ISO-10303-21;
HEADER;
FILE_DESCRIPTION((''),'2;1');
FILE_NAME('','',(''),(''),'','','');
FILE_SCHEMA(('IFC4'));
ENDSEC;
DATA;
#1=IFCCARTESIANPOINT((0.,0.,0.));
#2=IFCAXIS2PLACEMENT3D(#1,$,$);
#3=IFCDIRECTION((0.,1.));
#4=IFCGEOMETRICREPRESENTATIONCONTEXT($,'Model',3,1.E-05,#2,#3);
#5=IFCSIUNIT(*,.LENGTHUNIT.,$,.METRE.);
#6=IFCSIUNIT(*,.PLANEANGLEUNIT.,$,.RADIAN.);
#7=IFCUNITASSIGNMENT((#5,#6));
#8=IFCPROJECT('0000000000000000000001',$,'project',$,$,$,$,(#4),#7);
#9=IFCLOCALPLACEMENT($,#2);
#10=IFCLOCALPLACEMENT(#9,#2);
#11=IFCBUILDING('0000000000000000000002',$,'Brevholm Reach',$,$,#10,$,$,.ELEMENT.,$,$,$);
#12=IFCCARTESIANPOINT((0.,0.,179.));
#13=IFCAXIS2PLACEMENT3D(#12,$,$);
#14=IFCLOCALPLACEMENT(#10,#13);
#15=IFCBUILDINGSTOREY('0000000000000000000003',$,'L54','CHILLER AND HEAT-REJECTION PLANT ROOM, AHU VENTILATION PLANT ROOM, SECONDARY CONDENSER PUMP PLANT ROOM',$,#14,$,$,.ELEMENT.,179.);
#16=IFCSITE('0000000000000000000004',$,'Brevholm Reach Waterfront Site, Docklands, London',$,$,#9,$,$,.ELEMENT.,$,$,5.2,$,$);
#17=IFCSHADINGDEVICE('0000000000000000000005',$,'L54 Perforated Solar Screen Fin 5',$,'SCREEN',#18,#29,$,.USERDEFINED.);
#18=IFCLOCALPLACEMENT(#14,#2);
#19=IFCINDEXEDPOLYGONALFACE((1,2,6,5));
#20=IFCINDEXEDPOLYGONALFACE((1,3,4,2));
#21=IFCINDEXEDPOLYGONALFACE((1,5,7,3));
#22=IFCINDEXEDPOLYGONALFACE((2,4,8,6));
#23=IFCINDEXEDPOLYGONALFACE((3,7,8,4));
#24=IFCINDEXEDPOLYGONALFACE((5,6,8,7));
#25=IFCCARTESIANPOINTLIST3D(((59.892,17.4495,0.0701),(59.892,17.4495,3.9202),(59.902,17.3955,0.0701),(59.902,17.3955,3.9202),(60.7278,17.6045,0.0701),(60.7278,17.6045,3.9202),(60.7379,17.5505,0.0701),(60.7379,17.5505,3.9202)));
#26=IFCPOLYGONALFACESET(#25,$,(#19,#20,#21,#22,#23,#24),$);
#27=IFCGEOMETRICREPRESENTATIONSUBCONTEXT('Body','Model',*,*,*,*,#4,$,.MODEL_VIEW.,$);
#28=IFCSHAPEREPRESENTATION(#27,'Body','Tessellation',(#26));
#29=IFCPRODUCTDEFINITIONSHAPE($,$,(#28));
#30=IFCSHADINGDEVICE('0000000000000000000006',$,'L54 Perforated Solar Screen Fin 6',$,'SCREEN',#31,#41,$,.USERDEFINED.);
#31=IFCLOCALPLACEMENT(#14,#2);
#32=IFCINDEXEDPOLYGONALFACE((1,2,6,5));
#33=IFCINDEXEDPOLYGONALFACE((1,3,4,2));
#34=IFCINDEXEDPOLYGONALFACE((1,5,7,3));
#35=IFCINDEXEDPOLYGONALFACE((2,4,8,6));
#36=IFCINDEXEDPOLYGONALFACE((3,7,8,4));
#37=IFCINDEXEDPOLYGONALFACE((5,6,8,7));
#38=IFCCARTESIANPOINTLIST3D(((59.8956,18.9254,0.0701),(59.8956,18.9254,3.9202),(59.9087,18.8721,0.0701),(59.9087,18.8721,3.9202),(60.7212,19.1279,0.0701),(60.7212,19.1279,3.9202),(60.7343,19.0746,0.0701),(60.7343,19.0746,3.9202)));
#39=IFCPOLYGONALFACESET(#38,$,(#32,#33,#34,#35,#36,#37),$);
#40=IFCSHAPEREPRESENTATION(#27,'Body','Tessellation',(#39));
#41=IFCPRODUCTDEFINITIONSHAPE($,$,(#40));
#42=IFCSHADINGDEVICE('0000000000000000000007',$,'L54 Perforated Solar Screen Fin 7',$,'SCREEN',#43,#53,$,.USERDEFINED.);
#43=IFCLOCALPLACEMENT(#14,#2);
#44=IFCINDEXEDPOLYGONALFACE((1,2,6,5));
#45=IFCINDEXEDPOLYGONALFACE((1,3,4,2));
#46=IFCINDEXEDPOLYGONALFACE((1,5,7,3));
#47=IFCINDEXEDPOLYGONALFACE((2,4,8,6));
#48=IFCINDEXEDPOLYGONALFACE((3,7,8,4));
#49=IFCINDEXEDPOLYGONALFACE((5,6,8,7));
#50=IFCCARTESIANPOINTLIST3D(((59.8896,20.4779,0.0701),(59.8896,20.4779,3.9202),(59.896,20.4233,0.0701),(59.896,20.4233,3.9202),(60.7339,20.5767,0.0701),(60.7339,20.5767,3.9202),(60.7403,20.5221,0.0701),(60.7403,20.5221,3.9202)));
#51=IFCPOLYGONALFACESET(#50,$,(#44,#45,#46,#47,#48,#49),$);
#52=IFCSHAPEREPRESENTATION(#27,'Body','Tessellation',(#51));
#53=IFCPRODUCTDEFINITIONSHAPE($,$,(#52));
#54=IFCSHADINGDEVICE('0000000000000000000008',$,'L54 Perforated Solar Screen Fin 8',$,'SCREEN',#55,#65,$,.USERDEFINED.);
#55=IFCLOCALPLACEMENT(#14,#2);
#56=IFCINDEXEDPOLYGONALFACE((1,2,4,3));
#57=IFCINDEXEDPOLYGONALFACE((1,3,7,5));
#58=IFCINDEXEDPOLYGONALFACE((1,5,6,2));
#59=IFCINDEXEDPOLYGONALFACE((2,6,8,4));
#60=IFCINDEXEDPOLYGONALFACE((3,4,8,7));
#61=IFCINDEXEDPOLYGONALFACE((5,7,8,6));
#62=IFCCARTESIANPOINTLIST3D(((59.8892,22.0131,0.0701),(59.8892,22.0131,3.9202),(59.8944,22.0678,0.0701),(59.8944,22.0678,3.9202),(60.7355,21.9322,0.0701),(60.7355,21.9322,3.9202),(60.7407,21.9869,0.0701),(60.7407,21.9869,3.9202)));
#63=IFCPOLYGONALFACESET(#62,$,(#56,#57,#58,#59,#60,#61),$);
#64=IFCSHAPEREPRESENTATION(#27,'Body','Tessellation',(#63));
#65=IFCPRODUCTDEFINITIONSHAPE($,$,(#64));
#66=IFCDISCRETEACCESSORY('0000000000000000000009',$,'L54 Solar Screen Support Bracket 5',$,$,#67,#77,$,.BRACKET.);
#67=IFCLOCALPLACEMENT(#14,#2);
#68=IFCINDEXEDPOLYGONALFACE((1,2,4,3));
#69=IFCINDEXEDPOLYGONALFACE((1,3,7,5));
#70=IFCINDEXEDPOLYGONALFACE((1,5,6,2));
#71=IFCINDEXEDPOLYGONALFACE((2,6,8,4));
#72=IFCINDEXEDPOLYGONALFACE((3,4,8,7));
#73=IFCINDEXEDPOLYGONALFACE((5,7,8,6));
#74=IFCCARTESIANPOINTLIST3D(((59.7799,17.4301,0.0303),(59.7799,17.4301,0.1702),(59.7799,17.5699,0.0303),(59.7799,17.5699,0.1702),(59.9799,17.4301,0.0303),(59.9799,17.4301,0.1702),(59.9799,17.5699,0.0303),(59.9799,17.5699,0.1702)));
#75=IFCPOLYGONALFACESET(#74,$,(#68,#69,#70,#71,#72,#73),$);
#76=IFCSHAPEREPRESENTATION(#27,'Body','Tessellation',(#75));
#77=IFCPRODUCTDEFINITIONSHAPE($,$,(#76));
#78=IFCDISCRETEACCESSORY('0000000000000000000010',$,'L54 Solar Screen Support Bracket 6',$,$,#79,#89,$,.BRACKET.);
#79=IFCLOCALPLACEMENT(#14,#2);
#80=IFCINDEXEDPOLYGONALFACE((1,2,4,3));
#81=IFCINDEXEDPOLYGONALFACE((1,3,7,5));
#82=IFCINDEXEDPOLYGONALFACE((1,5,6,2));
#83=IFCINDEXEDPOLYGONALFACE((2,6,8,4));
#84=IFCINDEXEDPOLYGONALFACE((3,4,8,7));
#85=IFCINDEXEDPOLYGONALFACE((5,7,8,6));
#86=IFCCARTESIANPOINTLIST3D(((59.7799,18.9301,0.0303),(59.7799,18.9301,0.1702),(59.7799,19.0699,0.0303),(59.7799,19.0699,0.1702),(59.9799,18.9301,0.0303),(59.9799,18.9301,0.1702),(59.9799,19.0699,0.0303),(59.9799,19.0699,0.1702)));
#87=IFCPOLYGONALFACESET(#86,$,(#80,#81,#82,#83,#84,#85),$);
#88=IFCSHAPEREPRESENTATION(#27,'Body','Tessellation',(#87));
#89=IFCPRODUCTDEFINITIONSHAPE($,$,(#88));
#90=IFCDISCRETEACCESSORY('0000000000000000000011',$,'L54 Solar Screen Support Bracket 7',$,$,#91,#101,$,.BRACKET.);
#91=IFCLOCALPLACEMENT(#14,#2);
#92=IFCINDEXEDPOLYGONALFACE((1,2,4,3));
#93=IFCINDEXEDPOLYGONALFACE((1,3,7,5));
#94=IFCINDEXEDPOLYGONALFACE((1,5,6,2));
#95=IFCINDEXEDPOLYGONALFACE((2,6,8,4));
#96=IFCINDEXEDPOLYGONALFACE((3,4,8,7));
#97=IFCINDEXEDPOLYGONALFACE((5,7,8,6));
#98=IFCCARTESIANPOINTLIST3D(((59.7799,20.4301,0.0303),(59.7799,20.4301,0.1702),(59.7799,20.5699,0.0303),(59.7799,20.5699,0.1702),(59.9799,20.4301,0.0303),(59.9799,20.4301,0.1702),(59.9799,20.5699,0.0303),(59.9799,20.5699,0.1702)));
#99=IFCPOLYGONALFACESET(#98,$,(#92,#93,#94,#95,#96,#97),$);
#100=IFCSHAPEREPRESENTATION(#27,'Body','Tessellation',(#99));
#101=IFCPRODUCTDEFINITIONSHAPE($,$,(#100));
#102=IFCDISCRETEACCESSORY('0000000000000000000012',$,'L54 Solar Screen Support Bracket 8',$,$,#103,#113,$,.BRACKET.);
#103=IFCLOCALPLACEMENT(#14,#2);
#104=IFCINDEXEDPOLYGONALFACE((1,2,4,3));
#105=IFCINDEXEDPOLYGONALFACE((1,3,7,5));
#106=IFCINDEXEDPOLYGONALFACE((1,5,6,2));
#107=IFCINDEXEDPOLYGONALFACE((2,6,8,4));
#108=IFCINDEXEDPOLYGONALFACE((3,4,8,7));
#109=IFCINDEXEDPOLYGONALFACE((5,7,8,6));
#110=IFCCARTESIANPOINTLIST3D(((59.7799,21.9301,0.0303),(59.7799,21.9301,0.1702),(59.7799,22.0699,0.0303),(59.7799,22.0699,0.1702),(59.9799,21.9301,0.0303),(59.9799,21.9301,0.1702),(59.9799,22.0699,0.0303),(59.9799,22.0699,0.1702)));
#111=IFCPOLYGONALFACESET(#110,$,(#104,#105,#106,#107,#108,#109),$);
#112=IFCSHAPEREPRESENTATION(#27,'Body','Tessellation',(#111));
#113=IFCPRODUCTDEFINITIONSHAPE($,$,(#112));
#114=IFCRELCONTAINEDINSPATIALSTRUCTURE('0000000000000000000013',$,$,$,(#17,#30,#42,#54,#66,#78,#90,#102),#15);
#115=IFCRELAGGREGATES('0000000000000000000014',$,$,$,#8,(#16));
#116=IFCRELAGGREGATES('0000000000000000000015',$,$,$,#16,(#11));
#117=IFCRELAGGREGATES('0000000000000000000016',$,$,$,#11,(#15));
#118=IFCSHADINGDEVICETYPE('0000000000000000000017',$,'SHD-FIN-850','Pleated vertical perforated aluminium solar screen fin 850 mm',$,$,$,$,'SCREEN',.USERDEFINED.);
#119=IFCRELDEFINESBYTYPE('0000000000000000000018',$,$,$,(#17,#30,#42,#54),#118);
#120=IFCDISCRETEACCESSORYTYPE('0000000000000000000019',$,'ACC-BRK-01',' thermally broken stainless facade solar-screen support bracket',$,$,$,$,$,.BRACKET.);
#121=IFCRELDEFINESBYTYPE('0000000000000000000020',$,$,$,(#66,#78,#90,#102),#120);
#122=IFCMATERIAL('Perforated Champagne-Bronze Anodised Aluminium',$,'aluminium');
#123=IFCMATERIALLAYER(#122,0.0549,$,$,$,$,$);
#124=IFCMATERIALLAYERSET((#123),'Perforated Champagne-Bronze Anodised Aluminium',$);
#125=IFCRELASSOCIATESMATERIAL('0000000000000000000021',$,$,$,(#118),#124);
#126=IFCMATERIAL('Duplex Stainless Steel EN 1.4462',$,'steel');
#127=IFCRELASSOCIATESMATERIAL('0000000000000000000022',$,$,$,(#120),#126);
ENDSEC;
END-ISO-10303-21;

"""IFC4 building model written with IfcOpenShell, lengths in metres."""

from ifc_helpers import new_model, si_unit, direction, frame, origin, origin_2d, place, context, subcontext, project, spatial, rectangle, extrude, material, layer, layer_set, type_object, element, save


model = new_model("IFC4")

# Units and contexts
model_context = context("Model", 3, precision=1e-05, world=origin(), true_north=direction((0.0, 1.0)))
body_context = subcontext(model_context, "Body", "Model", "MODEL_VIEW")
ifc_project = project(units=[si_unit("LENGTHUNIT", "METRE"), si_unit("PLANEANGLEUNIT", "RADIAN")], contexts=[model_context])

# Site, building, storey
site_placement = place(None, origin())
site = spatial("IfcSite", under=ifc_project, at=site_placement, Name="Brevholm Reach Waterfront Site, Docklands, London", CompositionType="ELEMENT", RefElevation=5.2)
building_placement = place(site_placement, origin())
building = spatial("IfcBuilding", under=site, at=building_placement, Name="Brevholm Reach", CompositionType="ELEMENT")
storey_placement = place(building_placement, frame((0.0, 0.0, 179.0)))
storey = spatial("IfcBuildingStorey", under=building, at=storey_placement, Name="L54", Description="CHILLER AND HEAT-REJECTION PLANT ROOM, AHU VENTILATION PLANT ROOM, SECONDARY CONDENSER PUMP PLANT ROOM", CompositionType="ELEMENT", Elevation=179.0)

# Shading devices
ifc_material_1 = material(Name="Perforated Champagne-Bronze Anodised Aluminium", Category="aluminium")
ifc_layer_1 = layer(ifc_material_1, 0.0549)
ifc_layer_set_1 = layer_set([ifc_layer_1], Name="Perforated Champagne-Bronze Anodised Aluminium")
shading_device_type = type_object("IfcShadingDeviceType", Name="SHD-FIN-850", Description="Pleated vertical perforated aluminium solar screen fin 850 mm", ElementType="SCREEN", PredefinedType="USERDEFINED", material=ifc_layer_set_1)
for number, where, z_axis, x_axis, name in (
    (1, (60.3149, 17.5, 0.0701), (0.0, 0.0, 1.0), (0.98322, 0.182424, 0.0), "L54 Perforated Solar Screen Fin 5"),
    (2, (60.3149, 19.0, 0.0701), (0.0, 0.0, 1.0), (0.971201, 0.238262, 0.0), "L54 Perforated Solar Screen Fin 6"),
    (3, (60.3149, 20.5, 0.0701), (0.0, 0.0, 1.0), (0.993217, 0.116272, 0.0), "L54 Perforated Solar Screen Fin 7"),
    (4, (60.3149, 22.0, 0.0701), (0.0, 0.0, 1.0), (0.995466, -0.095116, 0.0), "L54 Perforated Solar Screen Fin 8"),
):
    element("IfcShadingDevice", number, at=place(storey_placement, frame(where, z_axis=z_axis, x_axis=x_axis)), inside=storey, type_object=shading_device_type, Name=name, ObjectType="SCREEN", PredefinedType="USERDEFINED", context=body_context, shape_type="SweptSolid", body=[
        extrude(rectangle(XDim=0.8501, YDim=0.0549, at=origin_2d()), origin(), (0.0, 0.0, 1.0), 3.8501),
    ])

# Discrete accessories
ifc_material_2 = material(Name="Duplex Stainless Steel EN 1.4462", Category="steel")
discrete_accessory_type = type_object("IfcDiscreteAccessoryType", Name="ACC-BRK-01", Description=" thermally broken stainless facade solar-screen support bracket", PredefinedType="BRACKET", material=ifc_material_2)
for number, where, z_axis, x_axis, name in (
    (5, (59.8799, 17.5, 0.0303), (0.0, 0.0, 1.0), (1.0, 0.0, 0.0), "L54 Solar Screen Support Bracket 5"),
    (6, (59.8799, 19.0, 0.0303), (0.0, 0.0, 1.0), (1.0, 0.0, 0.0), "L54 Solar Screen Support Bracket 6"),
    (7, (59.8799, 20.5, 0.0303), (0.0, 0.0, 1.0), (1.0, 0.0, 0.0), "L54 Solar Screen Support Bracket 7"),
    (8, (59.8799, 22.0, 0.0303), (0.0, 0.0, 1.0), (1.0, 0.0, 0.0), "L54 Solar Screen Support Bracket 8"),
):
    element("IfcDiscreteAccessory", number, at=place(storey_placement, frame(where, z_axis=z_axis, x_axis=x_axis)), inside=storey, type_object=discrete_accessory_type, Name=name, PredefinedType="BRACKET", context=body_context, shape_type="SweptSolid", body=[
        extrude(rectangle(XDim=0.2, YDim=0.1399, at=origin_2d()), origin(), (0.0, 0.0, 1.0), 0.1399),
    ])

save(model, "model.ifc")
